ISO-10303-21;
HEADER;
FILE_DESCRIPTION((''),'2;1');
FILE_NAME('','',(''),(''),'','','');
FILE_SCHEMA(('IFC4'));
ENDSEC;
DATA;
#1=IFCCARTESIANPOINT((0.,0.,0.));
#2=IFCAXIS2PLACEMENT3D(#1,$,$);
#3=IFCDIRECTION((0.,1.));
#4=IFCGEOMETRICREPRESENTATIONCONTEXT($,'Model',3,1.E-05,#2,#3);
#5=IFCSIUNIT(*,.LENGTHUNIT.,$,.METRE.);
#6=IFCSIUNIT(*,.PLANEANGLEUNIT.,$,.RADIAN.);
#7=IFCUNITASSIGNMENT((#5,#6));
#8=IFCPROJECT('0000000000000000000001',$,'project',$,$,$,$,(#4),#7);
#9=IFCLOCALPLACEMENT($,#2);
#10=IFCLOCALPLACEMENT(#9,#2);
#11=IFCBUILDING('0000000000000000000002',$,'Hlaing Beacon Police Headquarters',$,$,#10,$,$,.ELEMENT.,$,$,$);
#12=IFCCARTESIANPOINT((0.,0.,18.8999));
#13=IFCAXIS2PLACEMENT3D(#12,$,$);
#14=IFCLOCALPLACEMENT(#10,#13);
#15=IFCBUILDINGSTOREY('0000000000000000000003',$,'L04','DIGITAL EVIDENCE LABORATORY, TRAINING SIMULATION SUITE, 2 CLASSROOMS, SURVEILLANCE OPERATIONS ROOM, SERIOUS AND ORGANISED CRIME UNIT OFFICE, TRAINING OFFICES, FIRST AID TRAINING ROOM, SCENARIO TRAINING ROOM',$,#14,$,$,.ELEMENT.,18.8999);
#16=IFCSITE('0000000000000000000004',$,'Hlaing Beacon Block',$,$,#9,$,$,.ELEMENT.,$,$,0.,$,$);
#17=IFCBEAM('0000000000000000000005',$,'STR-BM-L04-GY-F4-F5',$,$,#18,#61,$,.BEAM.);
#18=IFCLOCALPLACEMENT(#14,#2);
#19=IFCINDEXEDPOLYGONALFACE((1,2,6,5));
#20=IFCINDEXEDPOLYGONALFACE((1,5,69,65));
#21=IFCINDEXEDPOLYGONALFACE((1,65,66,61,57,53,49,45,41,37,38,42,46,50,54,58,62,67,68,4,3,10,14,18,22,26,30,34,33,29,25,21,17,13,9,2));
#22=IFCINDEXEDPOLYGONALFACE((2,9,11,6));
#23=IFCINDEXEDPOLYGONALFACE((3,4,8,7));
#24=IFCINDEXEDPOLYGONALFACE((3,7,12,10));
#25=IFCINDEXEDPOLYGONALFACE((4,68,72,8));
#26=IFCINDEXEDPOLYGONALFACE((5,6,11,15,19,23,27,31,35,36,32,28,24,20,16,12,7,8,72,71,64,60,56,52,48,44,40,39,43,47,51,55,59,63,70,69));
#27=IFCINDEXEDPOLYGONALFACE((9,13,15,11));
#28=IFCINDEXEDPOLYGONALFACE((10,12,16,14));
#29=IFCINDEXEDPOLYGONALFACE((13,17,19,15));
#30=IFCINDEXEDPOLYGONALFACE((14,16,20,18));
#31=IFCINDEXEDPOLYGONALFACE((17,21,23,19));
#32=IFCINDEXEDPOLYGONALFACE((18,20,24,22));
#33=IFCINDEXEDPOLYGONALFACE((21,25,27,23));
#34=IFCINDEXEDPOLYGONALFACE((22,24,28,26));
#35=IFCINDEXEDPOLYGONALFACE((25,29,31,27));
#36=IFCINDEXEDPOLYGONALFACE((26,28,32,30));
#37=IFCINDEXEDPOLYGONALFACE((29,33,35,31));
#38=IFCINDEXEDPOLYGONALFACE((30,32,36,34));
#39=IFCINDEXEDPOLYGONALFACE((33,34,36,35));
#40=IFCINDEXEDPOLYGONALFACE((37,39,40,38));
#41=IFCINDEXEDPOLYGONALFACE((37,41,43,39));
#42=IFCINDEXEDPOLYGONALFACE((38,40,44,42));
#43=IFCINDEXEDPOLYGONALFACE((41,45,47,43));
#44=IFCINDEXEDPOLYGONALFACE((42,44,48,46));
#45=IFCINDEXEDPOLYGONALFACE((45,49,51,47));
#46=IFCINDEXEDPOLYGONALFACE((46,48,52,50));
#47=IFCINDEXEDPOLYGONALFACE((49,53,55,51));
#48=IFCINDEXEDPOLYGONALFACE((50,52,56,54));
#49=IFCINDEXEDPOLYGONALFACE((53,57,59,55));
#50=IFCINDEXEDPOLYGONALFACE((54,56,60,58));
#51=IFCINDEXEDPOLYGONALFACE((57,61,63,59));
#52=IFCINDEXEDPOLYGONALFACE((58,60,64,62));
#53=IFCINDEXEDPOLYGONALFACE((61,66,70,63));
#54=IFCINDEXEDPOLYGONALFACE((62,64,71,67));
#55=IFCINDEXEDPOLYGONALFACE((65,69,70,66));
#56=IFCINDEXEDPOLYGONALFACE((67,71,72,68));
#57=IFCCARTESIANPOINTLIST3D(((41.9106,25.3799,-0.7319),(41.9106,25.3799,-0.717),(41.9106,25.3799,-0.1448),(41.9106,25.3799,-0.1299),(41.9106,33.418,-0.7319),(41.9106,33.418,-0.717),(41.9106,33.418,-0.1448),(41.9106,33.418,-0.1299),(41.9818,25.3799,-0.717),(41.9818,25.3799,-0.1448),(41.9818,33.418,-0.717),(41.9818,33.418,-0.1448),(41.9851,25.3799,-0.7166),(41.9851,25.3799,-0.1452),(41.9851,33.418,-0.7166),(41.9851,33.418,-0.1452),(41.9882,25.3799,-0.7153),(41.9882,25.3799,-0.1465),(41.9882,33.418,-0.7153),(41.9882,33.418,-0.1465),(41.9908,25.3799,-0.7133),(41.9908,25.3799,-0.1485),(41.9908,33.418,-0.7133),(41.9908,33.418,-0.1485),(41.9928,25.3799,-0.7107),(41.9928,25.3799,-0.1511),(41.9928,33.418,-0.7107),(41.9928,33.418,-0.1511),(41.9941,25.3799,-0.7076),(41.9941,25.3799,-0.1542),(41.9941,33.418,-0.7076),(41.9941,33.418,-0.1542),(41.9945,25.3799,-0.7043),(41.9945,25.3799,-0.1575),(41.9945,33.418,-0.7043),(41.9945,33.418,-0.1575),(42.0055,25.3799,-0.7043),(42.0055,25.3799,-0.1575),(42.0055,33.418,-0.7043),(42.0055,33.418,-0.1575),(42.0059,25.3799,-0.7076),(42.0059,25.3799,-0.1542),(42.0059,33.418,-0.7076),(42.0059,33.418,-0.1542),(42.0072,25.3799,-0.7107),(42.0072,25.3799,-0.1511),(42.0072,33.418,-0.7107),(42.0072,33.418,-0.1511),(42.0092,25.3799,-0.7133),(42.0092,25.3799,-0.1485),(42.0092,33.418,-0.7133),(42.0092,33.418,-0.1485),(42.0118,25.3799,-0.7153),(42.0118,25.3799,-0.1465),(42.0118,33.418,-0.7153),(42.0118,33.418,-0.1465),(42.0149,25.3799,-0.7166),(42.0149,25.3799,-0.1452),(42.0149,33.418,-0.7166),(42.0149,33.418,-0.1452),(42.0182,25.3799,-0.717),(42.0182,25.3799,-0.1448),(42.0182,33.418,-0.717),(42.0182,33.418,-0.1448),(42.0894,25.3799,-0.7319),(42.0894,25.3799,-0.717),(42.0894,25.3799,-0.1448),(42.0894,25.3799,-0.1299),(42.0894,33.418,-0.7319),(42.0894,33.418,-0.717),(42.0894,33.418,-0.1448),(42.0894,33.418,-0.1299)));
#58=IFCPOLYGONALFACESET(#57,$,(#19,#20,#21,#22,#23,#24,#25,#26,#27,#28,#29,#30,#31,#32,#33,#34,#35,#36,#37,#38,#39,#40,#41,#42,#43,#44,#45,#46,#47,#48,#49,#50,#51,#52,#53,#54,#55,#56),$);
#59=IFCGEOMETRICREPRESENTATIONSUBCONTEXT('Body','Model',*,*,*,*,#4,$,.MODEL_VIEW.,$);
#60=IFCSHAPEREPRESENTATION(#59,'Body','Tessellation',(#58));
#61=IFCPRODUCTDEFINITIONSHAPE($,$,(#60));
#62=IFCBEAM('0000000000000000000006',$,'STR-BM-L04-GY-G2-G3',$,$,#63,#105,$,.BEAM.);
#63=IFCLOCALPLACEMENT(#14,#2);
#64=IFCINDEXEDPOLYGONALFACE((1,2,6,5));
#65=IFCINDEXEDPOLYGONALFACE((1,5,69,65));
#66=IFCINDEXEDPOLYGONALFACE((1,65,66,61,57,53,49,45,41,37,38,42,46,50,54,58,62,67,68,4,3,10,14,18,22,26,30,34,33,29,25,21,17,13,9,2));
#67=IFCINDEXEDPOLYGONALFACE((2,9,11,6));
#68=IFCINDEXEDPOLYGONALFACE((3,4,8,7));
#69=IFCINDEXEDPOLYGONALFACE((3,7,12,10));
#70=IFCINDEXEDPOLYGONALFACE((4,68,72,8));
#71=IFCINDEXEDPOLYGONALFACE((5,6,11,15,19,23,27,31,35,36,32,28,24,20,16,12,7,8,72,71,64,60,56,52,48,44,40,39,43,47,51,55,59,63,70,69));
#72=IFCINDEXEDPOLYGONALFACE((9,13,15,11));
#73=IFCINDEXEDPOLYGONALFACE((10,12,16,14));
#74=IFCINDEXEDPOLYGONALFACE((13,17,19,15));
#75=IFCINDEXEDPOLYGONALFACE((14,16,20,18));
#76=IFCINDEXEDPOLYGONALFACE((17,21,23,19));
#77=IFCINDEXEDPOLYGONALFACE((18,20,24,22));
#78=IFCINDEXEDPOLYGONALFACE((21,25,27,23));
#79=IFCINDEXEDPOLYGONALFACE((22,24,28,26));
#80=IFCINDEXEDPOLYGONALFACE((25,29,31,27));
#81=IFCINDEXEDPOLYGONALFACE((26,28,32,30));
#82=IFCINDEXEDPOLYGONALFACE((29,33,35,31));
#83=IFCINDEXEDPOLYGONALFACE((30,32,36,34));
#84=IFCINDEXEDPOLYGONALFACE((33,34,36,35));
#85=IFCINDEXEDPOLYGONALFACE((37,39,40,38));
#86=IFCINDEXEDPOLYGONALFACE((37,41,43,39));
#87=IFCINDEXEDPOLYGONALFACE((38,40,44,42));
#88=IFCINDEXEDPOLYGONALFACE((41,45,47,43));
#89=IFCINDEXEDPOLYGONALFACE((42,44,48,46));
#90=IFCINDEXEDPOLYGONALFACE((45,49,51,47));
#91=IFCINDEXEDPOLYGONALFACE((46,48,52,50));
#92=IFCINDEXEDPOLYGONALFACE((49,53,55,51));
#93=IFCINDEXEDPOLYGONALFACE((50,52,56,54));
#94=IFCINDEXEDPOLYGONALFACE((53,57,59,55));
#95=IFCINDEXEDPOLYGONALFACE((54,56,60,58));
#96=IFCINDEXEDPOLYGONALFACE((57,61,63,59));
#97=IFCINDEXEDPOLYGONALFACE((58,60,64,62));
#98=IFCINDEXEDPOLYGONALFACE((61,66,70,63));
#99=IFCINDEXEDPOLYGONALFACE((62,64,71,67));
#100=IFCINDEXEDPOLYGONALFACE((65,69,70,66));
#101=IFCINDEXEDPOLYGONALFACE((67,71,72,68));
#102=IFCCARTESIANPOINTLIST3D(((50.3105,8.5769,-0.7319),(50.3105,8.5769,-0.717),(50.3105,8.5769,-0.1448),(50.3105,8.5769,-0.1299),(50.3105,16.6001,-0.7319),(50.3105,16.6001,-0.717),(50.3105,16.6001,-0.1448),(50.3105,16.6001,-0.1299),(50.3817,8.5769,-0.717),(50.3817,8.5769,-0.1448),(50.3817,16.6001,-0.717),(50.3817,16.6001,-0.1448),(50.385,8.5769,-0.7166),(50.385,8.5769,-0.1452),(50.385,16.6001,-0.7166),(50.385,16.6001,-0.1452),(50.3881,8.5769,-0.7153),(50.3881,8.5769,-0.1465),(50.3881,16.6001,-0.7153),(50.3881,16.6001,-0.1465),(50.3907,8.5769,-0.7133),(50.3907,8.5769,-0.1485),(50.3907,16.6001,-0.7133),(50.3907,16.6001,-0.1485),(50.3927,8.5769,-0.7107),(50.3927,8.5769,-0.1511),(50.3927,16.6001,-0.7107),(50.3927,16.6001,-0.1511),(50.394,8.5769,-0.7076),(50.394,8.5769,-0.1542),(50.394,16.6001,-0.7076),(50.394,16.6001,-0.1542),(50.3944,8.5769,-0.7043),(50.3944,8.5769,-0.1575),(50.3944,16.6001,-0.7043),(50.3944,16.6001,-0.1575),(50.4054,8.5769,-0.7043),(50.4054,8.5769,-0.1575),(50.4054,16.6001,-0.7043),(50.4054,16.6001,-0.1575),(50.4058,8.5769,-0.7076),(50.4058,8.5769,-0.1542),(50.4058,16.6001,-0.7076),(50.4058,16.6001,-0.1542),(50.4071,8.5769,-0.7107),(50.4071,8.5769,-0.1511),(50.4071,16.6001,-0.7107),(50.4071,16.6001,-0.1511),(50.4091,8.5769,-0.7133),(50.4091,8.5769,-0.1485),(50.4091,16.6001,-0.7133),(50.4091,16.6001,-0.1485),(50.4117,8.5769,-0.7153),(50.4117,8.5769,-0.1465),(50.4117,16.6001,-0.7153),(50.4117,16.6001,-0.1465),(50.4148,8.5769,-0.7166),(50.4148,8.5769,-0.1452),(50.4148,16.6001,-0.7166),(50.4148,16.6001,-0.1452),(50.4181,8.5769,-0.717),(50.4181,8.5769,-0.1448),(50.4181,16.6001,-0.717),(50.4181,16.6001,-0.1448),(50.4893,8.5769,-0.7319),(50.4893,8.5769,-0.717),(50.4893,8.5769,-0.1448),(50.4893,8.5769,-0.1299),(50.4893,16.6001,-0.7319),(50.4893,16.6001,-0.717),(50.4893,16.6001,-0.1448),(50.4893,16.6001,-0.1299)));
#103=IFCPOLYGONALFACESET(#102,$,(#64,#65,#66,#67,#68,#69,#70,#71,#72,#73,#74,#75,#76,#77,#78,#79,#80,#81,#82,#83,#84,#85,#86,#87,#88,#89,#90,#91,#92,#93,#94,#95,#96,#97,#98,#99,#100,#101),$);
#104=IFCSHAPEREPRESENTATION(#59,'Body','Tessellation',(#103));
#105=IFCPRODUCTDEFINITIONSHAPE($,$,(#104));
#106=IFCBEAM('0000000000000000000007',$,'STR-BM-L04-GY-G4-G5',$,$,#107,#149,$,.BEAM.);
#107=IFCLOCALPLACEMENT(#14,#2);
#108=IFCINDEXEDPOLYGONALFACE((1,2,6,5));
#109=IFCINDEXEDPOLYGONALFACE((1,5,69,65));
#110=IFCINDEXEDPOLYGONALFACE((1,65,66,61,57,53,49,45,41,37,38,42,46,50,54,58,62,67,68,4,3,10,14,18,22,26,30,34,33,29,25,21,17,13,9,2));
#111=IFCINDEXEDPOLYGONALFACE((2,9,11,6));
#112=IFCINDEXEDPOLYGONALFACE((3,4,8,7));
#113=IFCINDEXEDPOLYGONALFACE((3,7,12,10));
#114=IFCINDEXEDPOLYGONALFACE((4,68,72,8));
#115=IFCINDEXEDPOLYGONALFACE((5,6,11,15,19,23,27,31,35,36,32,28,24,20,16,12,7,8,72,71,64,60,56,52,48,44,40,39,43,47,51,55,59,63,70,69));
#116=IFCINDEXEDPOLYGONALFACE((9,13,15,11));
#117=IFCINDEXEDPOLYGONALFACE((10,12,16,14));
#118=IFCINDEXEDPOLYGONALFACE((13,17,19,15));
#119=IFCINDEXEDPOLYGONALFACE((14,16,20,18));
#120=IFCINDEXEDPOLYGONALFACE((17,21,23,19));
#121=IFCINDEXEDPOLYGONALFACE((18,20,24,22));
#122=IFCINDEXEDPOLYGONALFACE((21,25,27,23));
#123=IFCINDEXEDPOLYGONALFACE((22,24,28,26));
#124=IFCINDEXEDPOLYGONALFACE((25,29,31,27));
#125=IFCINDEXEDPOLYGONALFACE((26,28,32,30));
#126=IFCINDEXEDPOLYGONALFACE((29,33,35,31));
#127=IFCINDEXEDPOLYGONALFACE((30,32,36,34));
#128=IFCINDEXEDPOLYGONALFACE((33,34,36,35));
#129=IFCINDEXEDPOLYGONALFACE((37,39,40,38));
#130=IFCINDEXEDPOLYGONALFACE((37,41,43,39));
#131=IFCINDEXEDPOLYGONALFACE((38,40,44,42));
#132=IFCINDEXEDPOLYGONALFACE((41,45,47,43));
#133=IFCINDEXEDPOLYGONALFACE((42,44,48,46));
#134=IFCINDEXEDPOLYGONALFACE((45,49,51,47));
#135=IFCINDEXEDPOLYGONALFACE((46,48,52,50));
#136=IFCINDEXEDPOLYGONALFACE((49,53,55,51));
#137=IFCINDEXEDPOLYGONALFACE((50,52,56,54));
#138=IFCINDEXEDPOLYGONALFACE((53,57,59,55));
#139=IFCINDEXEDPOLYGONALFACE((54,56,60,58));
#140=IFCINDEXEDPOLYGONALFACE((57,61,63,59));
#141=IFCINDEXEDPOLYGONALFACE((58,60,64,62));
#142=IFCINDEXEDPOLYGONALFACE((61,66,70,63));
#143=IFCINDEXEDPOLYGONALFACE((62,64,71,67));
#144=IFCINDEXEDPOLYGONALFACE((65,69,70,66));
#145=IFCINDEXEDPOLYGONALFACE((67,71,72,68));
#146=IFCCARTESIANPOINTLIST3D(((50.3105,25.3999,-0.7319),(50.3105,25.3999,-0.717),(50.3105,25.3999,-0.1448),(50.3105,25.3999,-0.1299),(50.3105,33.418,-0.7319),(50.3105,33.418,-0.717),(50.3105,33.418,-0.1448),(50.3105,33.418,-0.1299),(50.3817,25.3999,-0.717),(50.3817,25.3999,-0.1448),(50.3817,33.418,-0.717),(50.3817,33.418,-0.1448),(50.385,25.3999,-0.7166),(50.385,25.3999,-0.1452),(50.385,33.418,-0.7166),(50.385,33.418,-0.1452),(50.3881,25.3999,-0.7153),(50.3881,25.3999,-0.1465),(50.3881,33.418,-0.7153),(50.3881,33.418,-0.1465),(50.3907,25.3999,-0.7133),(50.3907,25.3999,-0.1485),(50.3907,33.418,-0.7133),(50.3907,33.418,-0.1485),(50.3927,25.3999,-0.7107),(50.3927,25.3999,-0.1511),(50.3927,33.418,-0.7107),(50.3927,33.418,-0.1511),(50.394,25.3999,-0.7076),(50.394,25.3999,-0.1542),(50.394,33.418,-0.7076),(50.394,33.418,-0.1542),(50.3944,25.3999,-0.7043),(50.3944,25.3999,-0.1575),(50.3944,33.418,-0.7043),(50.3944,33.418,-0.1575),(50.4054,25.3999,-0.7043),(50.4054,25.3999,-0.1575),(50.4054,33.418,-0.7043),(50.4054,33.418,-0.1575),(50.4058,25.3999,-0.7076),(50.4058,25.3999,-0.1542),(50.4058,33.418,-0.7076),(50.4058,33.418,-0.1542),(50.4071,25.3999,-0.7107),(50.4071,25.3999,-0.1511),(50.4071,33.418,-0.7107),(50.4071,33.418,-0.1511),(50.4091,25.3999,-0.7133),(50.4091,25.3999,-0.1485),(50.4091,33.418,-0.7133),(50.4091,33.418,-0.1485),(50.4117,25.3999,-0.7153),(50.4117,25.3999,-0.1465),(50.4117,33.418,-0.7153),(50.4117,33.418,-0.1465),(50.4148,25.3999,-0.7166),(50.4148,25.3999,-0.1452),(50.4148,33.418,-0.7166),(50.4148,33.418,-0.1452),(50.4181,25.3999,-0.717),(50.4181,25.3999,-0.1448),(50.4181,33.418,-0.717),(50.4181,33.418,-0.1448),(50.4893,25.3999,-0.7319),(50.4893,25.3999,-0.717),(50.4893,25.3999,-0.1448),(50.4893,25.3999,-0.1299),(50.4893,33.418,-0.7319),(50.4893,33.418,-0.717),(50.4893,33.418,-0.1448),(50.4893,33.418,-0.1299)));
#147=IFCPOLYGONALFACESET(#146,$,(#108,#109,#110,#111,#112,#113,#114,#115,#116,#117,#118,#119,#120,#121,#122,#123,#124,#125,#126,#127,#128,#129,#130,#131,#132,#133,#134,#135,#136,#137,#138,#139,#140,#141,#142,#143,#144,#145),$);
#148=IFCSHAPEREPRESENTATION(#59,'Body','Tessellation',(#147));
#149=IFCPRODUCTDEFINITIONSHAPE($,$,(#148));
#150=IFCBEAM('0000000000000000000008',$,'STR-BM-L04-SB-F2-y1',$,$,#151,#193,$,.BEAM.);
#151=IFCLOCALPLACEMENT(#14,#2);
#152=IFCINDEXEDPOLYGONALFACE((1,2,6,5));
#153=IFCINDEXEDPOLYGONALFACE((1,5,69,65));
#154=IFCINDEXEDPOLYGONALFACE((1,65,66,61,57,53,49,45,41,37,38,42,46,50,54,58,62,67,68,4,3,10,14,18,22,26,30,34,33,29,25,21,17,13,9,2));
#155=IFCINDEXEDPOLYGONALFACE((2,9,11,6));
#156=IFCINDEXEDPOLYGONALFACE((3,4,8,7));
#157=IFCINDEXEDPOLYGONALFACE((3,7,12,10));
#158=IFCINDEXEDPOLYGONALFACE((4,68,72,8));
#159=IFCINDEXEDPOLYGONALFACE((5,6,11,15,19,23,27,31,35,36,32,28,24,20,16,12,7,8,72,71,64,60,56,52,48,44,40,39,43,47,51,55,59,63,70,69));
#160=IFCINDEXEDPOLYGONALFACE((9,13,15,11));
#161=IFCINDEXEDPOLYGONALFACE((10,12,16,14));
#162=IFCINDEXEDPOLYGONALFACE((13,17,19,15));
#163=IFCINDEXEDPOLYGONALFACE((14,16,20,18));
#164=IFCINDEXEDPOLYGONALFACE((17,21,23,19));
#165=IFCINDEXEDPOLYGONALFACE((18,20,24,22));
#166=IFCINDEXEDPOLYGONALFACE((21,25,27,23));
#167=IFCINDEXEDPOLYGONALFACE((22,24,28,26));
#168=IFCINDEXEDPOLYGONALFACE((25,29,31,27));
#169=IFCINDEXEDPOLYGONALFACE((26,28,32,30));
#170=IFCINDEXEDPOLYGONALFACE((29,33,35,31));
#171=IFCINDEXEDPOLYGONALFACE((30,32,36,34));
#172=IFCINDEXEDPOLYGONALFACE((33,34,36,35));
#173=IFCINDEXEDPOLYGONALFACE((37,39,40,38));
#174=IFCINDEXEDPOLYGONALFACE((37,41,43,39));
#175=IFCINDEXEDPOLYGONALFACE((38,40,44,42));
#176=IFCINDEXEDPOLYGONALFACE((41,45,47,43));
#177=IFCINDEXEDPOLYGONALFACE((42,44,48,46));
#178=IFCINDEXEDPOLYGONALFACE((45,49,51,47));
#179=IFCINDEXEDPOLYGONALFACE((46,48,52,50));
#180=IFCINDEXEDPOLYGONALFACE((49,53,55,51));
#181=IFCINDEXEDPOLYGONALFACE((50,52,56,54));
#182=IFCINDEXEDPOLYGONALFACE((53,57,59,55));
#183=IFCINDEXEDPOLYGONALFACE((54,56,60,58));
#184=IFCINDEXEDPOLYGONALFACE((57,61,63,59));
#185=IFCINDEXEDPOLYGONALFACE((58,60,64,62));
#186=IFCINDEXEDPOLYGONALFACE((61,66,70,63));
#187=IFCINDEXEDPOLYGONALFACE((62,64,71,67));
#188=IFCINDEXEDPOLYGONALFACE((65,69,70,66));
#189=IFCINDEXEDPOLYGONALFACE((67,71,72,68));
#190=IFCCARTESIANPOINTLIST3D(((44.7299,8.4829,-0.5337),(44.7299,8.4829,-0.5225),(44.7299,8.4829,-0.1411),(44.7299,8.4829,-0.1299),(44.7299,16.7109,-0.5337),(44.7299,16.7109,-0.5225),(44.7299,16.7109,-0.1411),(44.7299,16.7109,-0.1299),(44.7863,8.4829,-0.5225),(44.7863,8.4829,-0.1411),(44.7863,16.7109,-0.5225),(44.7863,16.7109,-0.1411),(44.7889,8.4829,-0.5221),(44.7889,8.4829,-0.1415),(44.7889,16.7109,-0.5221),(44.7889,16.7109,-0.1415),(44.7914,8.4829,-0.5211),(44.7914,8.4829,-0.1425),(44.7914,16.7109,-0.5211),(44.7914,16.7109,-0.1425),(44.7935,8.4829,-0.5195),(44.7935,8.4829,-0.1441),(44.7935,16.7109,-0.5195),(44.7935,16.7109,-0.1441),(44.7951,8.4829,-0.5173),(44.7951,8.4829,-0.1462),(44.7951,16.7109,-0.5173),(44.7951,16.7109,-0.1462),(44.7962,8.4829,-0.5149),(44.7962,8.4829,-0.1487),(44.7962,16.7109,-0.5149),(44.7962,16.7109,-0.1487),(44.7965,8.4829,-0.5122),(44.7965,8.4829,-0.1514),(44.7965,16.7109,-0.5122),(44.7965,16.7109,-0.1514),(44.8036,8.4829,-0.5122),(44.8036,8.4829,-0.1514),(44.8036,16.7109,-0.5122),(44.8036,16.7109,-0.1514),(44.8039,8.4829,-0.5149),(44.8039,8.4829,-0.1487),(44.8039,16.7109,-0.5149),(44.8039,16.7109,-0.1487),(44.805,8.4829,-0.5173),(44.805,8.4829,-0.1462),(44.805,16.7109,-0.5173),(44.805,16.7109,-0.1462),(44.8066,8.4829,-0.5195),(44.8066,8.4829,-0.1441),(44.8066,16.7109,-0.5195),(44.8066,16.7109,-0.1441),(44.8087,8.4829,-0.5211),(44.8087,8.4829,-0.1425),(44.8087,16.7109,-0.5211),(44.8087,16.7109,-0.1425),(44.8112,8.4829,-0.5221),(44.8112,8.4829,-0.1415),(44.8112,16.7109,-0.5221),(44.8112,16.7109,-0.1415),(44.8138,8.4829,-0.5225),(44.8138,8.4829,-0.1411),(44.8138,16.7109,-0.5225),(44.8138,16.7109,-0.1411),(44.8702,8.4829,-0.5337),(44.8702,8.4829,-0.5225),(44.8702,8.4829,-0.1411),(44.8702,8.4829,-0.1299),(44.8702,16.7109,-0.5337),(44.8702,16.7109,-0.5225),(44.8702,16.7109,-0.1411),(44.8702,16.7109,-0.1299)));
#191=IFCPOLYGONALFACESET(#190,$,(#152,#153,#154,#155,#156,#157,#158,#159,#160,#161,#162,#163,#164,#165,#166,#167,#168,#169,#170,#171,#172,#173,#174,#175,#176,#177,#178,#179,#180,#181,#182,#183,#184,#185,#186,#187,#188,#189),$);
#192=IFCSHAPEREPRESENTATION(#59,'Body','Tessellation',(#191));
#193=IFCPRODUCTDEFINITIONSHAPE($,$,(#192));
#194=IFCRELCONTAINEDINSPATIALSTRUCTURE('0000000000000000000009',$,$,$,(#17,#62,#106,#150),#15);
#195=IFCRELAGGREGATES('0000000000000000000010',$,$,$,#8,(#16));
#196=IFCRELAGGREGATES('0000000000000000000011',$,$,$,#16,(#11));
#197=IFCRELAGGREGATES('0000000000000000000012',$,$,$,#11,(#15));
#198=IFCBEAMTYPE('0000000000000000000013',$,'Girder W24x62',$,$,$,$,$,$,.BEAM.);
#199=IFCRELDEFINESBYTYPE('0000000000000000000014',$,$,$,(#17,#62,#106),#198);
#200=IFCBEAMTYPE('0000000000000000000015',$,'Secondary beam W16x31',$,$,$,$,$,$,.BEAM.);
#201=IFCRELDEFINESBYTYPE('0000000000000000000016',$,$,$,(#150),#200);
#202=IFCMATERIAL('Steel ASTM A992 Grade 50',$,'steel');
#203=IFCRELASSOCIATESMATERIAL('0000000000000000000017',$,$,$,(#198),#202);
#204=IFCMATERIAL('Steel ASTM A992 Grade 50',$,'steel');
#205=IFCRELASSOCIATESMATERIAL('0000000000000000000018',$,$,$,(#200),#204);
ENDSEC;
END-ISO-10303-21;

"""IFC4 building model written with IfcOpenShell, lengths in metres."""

from ifc_helpers import new_model, si_unit, direction, frame, origin, origin_2d, place, context, subcontext, project, spatial, i_section, extrude, material, material_profile, profile_set, type_object, element, save


model = new_model("IFC4")

# Units and contexts
model_context = context("Model", 3, precision=1e-05, world=origin(), true_north=direction((0.0, 1.0)))
body_context = subcontext(model_context, "Body", "Model", "MODEL_VIEW")
ifc_project = project(units=[si_unit("LENGTHUNIT", "METRE"), si_unit("PLANEANGLEUNIT", "RADIAN")], contexts=[model_context])

# Site, building, storey
site_placement = place(None, origin())
site = spatial("IfcSite", under=ifc_project, at=site_placement, Name="Hlaing Beacon Block", CompositionType="ELEMENT", RefElevation=0.0)
building_placement = place(site_placement, origin())
building = spatial("IfcBuilding", under=site, at=building_placement, Name="Hlaing Beacon Police Headquarters", CompositionType="ELEMENT")
storey_placement = place(building_placement, frame((0.0, 0.0, 18.8999)))
storey = spatial("IfcBuildingStorey", under=building, at=storey_placement, Name="L04", Description="DIGITAL EVIDENCE LABORATORY, TRAINING SIMULATION SUITE, 2 CLASSROOMS, SURVEILLANCE OPERATIONS ROOM, SERIOUS AND ORGANISED CRIME UNIT OFFICE, TRAINING OFFICES, FIRST AID TRAINING ROOM, SCENARIO TRAINING ROOM", CompositionType="ELEMENT", Elevation=18.8999)

# Beams
ifc_material_1 = material(Name="Steel ASTM A992 Grade 50", Category="steel")
ifc_material_profile_1 = material_profile(ifc_material_1, i_section(OverallWidth=0.1787, OverallDepth=0.6021, WebThickness=0.011, FlangeThickness=0.0149, FilletRadius=0.0127, at=origin_2d()), Name="W24x62")
ifc_profile_set_1 = profile_set([ifc_material_profile_1], Name="Steel ASTM A992 Grade 50")
beam_type_1 = type_object("IfcBeamType", Name="Girder W24x62", PredefinedType="BEAM", material=ifc_profile_set_1)
beam_1_placement = place(storey_placement, frame((42.0, 25.3799, -0.4309), z_axis=(0.0, 1.0, 0.0), x_axis=(-1.0, 0.0, 0.0)))
element("IfcBeam", 1, at=beam_1_placement, inside=storey, type_object=beam_type_1, Name="STR-BM-L04-GY-F4-F5", PredefinedType="BEAM", context=body_context, shape_type="SweptSolid", body=[
    extrude(i_section(OverallWidth=0.1787, OverallDepth=0.6021, WebThickness=0.011, FlangeThickness=0.0149, FilletRadius=0.0127, at=origin_2d()), origin(), (0.0, 0.0, 1.0), 8.0381),
])
beam_2_placement = place(storey_placement, frame((50.3999, 8.5769, -0.4309), z_axis=(0.0, 1.0, 0.0), x_axis=(-1.0, 0.0, 0.0)))
element("IfcBeam", 2, at=beam_2_placement, inside=storey, type_object=beam_type_1, Name="STR-BM-L04-GY-G2-G3", PredefinedType="BEAM", context=body_context, shape_type="SweptSolid", body=[
    extrude(i_section(OverallWidth=0.1787, OverallDepth=0.6021, WebThickness=0.011, FlangeThickness=0.0149, FilletRadius=0.0127, at=origin_2d()), origin(), (0.0, 0.0, 1.0), 8.0232),
])
beam_3_placement = place(storey_placement, frame((50.3999, 25.3999, -0.4309), z_axis=(0.0, 1.0, 0.0), x_axis=(-1.0, 0.0, 0.0)))
element("IfcBeam", 3, at=beam_3_placement, inside=storey, type_object=beam_type_1, Name="STR-BM-L04-GY-G4-G5", PredefinedType="BEAM", context=body_context, shape_type="SweptSolid", body=[
    extrude(i_section(OverallWidth=0.1787, OverallDepth=0.6021, WebThickness=0.011, FlangeThickness=0.0149, FilletRadius=0.0127, at=origin_2d()), origin(), (0.0, 0.0, 1.0), 8.0181),
])
ifc_material_2 = material(Name="Steel ASTM A992 Grade 50", Category="steel")
ifc_material_profile_2 = material_profile(ifc_material_2, i_section(OverallWidth=0.1404, OverallDepth=0.4038, WebThickness=0.0071, FlangeThickness=0.0112, FilletRadius=0.0103, at=origin_2d()), Name="W16x31")
ifc_profile_set_2 = profile_set([ifc_material_profile_2], Name="Steel ASTM A992 Grade 50")
beam_type_2 = type_object("IfcBeamType", Name="Secondary beam W16x31", PredefinedType="BEAM", material=ifc_profile_set_2)
for number, where, z_axis, x_axis, name in (
    (4, (44.8, 8.4829, -0.3318), (0.0, 1.0, 0.0), (-1.0, 0.0, 0.0), "STR-BM-L04-SB-F2-y1"),
):
    element("IfcBeam", number, at=place(storey_placement, frame(where, z_axis=z_axis, x_axis=x_axis)), inside=storey, type_object=beam_type_2, Name=name, PredefinedType="BEAM", context=body_context, shape_type="SweptSolid", body=[
        extrude(i_section(OverallWidth=0.1404, OverallDepth=0.4038, WebThickness=0.0071, FlangeThickness=0.0112, FilletRadius=0.0103, at=origin_2d()), origin(), (0.0, 0.0, 1.0), 8.228),
    ])

save(model, "model.ifc")
